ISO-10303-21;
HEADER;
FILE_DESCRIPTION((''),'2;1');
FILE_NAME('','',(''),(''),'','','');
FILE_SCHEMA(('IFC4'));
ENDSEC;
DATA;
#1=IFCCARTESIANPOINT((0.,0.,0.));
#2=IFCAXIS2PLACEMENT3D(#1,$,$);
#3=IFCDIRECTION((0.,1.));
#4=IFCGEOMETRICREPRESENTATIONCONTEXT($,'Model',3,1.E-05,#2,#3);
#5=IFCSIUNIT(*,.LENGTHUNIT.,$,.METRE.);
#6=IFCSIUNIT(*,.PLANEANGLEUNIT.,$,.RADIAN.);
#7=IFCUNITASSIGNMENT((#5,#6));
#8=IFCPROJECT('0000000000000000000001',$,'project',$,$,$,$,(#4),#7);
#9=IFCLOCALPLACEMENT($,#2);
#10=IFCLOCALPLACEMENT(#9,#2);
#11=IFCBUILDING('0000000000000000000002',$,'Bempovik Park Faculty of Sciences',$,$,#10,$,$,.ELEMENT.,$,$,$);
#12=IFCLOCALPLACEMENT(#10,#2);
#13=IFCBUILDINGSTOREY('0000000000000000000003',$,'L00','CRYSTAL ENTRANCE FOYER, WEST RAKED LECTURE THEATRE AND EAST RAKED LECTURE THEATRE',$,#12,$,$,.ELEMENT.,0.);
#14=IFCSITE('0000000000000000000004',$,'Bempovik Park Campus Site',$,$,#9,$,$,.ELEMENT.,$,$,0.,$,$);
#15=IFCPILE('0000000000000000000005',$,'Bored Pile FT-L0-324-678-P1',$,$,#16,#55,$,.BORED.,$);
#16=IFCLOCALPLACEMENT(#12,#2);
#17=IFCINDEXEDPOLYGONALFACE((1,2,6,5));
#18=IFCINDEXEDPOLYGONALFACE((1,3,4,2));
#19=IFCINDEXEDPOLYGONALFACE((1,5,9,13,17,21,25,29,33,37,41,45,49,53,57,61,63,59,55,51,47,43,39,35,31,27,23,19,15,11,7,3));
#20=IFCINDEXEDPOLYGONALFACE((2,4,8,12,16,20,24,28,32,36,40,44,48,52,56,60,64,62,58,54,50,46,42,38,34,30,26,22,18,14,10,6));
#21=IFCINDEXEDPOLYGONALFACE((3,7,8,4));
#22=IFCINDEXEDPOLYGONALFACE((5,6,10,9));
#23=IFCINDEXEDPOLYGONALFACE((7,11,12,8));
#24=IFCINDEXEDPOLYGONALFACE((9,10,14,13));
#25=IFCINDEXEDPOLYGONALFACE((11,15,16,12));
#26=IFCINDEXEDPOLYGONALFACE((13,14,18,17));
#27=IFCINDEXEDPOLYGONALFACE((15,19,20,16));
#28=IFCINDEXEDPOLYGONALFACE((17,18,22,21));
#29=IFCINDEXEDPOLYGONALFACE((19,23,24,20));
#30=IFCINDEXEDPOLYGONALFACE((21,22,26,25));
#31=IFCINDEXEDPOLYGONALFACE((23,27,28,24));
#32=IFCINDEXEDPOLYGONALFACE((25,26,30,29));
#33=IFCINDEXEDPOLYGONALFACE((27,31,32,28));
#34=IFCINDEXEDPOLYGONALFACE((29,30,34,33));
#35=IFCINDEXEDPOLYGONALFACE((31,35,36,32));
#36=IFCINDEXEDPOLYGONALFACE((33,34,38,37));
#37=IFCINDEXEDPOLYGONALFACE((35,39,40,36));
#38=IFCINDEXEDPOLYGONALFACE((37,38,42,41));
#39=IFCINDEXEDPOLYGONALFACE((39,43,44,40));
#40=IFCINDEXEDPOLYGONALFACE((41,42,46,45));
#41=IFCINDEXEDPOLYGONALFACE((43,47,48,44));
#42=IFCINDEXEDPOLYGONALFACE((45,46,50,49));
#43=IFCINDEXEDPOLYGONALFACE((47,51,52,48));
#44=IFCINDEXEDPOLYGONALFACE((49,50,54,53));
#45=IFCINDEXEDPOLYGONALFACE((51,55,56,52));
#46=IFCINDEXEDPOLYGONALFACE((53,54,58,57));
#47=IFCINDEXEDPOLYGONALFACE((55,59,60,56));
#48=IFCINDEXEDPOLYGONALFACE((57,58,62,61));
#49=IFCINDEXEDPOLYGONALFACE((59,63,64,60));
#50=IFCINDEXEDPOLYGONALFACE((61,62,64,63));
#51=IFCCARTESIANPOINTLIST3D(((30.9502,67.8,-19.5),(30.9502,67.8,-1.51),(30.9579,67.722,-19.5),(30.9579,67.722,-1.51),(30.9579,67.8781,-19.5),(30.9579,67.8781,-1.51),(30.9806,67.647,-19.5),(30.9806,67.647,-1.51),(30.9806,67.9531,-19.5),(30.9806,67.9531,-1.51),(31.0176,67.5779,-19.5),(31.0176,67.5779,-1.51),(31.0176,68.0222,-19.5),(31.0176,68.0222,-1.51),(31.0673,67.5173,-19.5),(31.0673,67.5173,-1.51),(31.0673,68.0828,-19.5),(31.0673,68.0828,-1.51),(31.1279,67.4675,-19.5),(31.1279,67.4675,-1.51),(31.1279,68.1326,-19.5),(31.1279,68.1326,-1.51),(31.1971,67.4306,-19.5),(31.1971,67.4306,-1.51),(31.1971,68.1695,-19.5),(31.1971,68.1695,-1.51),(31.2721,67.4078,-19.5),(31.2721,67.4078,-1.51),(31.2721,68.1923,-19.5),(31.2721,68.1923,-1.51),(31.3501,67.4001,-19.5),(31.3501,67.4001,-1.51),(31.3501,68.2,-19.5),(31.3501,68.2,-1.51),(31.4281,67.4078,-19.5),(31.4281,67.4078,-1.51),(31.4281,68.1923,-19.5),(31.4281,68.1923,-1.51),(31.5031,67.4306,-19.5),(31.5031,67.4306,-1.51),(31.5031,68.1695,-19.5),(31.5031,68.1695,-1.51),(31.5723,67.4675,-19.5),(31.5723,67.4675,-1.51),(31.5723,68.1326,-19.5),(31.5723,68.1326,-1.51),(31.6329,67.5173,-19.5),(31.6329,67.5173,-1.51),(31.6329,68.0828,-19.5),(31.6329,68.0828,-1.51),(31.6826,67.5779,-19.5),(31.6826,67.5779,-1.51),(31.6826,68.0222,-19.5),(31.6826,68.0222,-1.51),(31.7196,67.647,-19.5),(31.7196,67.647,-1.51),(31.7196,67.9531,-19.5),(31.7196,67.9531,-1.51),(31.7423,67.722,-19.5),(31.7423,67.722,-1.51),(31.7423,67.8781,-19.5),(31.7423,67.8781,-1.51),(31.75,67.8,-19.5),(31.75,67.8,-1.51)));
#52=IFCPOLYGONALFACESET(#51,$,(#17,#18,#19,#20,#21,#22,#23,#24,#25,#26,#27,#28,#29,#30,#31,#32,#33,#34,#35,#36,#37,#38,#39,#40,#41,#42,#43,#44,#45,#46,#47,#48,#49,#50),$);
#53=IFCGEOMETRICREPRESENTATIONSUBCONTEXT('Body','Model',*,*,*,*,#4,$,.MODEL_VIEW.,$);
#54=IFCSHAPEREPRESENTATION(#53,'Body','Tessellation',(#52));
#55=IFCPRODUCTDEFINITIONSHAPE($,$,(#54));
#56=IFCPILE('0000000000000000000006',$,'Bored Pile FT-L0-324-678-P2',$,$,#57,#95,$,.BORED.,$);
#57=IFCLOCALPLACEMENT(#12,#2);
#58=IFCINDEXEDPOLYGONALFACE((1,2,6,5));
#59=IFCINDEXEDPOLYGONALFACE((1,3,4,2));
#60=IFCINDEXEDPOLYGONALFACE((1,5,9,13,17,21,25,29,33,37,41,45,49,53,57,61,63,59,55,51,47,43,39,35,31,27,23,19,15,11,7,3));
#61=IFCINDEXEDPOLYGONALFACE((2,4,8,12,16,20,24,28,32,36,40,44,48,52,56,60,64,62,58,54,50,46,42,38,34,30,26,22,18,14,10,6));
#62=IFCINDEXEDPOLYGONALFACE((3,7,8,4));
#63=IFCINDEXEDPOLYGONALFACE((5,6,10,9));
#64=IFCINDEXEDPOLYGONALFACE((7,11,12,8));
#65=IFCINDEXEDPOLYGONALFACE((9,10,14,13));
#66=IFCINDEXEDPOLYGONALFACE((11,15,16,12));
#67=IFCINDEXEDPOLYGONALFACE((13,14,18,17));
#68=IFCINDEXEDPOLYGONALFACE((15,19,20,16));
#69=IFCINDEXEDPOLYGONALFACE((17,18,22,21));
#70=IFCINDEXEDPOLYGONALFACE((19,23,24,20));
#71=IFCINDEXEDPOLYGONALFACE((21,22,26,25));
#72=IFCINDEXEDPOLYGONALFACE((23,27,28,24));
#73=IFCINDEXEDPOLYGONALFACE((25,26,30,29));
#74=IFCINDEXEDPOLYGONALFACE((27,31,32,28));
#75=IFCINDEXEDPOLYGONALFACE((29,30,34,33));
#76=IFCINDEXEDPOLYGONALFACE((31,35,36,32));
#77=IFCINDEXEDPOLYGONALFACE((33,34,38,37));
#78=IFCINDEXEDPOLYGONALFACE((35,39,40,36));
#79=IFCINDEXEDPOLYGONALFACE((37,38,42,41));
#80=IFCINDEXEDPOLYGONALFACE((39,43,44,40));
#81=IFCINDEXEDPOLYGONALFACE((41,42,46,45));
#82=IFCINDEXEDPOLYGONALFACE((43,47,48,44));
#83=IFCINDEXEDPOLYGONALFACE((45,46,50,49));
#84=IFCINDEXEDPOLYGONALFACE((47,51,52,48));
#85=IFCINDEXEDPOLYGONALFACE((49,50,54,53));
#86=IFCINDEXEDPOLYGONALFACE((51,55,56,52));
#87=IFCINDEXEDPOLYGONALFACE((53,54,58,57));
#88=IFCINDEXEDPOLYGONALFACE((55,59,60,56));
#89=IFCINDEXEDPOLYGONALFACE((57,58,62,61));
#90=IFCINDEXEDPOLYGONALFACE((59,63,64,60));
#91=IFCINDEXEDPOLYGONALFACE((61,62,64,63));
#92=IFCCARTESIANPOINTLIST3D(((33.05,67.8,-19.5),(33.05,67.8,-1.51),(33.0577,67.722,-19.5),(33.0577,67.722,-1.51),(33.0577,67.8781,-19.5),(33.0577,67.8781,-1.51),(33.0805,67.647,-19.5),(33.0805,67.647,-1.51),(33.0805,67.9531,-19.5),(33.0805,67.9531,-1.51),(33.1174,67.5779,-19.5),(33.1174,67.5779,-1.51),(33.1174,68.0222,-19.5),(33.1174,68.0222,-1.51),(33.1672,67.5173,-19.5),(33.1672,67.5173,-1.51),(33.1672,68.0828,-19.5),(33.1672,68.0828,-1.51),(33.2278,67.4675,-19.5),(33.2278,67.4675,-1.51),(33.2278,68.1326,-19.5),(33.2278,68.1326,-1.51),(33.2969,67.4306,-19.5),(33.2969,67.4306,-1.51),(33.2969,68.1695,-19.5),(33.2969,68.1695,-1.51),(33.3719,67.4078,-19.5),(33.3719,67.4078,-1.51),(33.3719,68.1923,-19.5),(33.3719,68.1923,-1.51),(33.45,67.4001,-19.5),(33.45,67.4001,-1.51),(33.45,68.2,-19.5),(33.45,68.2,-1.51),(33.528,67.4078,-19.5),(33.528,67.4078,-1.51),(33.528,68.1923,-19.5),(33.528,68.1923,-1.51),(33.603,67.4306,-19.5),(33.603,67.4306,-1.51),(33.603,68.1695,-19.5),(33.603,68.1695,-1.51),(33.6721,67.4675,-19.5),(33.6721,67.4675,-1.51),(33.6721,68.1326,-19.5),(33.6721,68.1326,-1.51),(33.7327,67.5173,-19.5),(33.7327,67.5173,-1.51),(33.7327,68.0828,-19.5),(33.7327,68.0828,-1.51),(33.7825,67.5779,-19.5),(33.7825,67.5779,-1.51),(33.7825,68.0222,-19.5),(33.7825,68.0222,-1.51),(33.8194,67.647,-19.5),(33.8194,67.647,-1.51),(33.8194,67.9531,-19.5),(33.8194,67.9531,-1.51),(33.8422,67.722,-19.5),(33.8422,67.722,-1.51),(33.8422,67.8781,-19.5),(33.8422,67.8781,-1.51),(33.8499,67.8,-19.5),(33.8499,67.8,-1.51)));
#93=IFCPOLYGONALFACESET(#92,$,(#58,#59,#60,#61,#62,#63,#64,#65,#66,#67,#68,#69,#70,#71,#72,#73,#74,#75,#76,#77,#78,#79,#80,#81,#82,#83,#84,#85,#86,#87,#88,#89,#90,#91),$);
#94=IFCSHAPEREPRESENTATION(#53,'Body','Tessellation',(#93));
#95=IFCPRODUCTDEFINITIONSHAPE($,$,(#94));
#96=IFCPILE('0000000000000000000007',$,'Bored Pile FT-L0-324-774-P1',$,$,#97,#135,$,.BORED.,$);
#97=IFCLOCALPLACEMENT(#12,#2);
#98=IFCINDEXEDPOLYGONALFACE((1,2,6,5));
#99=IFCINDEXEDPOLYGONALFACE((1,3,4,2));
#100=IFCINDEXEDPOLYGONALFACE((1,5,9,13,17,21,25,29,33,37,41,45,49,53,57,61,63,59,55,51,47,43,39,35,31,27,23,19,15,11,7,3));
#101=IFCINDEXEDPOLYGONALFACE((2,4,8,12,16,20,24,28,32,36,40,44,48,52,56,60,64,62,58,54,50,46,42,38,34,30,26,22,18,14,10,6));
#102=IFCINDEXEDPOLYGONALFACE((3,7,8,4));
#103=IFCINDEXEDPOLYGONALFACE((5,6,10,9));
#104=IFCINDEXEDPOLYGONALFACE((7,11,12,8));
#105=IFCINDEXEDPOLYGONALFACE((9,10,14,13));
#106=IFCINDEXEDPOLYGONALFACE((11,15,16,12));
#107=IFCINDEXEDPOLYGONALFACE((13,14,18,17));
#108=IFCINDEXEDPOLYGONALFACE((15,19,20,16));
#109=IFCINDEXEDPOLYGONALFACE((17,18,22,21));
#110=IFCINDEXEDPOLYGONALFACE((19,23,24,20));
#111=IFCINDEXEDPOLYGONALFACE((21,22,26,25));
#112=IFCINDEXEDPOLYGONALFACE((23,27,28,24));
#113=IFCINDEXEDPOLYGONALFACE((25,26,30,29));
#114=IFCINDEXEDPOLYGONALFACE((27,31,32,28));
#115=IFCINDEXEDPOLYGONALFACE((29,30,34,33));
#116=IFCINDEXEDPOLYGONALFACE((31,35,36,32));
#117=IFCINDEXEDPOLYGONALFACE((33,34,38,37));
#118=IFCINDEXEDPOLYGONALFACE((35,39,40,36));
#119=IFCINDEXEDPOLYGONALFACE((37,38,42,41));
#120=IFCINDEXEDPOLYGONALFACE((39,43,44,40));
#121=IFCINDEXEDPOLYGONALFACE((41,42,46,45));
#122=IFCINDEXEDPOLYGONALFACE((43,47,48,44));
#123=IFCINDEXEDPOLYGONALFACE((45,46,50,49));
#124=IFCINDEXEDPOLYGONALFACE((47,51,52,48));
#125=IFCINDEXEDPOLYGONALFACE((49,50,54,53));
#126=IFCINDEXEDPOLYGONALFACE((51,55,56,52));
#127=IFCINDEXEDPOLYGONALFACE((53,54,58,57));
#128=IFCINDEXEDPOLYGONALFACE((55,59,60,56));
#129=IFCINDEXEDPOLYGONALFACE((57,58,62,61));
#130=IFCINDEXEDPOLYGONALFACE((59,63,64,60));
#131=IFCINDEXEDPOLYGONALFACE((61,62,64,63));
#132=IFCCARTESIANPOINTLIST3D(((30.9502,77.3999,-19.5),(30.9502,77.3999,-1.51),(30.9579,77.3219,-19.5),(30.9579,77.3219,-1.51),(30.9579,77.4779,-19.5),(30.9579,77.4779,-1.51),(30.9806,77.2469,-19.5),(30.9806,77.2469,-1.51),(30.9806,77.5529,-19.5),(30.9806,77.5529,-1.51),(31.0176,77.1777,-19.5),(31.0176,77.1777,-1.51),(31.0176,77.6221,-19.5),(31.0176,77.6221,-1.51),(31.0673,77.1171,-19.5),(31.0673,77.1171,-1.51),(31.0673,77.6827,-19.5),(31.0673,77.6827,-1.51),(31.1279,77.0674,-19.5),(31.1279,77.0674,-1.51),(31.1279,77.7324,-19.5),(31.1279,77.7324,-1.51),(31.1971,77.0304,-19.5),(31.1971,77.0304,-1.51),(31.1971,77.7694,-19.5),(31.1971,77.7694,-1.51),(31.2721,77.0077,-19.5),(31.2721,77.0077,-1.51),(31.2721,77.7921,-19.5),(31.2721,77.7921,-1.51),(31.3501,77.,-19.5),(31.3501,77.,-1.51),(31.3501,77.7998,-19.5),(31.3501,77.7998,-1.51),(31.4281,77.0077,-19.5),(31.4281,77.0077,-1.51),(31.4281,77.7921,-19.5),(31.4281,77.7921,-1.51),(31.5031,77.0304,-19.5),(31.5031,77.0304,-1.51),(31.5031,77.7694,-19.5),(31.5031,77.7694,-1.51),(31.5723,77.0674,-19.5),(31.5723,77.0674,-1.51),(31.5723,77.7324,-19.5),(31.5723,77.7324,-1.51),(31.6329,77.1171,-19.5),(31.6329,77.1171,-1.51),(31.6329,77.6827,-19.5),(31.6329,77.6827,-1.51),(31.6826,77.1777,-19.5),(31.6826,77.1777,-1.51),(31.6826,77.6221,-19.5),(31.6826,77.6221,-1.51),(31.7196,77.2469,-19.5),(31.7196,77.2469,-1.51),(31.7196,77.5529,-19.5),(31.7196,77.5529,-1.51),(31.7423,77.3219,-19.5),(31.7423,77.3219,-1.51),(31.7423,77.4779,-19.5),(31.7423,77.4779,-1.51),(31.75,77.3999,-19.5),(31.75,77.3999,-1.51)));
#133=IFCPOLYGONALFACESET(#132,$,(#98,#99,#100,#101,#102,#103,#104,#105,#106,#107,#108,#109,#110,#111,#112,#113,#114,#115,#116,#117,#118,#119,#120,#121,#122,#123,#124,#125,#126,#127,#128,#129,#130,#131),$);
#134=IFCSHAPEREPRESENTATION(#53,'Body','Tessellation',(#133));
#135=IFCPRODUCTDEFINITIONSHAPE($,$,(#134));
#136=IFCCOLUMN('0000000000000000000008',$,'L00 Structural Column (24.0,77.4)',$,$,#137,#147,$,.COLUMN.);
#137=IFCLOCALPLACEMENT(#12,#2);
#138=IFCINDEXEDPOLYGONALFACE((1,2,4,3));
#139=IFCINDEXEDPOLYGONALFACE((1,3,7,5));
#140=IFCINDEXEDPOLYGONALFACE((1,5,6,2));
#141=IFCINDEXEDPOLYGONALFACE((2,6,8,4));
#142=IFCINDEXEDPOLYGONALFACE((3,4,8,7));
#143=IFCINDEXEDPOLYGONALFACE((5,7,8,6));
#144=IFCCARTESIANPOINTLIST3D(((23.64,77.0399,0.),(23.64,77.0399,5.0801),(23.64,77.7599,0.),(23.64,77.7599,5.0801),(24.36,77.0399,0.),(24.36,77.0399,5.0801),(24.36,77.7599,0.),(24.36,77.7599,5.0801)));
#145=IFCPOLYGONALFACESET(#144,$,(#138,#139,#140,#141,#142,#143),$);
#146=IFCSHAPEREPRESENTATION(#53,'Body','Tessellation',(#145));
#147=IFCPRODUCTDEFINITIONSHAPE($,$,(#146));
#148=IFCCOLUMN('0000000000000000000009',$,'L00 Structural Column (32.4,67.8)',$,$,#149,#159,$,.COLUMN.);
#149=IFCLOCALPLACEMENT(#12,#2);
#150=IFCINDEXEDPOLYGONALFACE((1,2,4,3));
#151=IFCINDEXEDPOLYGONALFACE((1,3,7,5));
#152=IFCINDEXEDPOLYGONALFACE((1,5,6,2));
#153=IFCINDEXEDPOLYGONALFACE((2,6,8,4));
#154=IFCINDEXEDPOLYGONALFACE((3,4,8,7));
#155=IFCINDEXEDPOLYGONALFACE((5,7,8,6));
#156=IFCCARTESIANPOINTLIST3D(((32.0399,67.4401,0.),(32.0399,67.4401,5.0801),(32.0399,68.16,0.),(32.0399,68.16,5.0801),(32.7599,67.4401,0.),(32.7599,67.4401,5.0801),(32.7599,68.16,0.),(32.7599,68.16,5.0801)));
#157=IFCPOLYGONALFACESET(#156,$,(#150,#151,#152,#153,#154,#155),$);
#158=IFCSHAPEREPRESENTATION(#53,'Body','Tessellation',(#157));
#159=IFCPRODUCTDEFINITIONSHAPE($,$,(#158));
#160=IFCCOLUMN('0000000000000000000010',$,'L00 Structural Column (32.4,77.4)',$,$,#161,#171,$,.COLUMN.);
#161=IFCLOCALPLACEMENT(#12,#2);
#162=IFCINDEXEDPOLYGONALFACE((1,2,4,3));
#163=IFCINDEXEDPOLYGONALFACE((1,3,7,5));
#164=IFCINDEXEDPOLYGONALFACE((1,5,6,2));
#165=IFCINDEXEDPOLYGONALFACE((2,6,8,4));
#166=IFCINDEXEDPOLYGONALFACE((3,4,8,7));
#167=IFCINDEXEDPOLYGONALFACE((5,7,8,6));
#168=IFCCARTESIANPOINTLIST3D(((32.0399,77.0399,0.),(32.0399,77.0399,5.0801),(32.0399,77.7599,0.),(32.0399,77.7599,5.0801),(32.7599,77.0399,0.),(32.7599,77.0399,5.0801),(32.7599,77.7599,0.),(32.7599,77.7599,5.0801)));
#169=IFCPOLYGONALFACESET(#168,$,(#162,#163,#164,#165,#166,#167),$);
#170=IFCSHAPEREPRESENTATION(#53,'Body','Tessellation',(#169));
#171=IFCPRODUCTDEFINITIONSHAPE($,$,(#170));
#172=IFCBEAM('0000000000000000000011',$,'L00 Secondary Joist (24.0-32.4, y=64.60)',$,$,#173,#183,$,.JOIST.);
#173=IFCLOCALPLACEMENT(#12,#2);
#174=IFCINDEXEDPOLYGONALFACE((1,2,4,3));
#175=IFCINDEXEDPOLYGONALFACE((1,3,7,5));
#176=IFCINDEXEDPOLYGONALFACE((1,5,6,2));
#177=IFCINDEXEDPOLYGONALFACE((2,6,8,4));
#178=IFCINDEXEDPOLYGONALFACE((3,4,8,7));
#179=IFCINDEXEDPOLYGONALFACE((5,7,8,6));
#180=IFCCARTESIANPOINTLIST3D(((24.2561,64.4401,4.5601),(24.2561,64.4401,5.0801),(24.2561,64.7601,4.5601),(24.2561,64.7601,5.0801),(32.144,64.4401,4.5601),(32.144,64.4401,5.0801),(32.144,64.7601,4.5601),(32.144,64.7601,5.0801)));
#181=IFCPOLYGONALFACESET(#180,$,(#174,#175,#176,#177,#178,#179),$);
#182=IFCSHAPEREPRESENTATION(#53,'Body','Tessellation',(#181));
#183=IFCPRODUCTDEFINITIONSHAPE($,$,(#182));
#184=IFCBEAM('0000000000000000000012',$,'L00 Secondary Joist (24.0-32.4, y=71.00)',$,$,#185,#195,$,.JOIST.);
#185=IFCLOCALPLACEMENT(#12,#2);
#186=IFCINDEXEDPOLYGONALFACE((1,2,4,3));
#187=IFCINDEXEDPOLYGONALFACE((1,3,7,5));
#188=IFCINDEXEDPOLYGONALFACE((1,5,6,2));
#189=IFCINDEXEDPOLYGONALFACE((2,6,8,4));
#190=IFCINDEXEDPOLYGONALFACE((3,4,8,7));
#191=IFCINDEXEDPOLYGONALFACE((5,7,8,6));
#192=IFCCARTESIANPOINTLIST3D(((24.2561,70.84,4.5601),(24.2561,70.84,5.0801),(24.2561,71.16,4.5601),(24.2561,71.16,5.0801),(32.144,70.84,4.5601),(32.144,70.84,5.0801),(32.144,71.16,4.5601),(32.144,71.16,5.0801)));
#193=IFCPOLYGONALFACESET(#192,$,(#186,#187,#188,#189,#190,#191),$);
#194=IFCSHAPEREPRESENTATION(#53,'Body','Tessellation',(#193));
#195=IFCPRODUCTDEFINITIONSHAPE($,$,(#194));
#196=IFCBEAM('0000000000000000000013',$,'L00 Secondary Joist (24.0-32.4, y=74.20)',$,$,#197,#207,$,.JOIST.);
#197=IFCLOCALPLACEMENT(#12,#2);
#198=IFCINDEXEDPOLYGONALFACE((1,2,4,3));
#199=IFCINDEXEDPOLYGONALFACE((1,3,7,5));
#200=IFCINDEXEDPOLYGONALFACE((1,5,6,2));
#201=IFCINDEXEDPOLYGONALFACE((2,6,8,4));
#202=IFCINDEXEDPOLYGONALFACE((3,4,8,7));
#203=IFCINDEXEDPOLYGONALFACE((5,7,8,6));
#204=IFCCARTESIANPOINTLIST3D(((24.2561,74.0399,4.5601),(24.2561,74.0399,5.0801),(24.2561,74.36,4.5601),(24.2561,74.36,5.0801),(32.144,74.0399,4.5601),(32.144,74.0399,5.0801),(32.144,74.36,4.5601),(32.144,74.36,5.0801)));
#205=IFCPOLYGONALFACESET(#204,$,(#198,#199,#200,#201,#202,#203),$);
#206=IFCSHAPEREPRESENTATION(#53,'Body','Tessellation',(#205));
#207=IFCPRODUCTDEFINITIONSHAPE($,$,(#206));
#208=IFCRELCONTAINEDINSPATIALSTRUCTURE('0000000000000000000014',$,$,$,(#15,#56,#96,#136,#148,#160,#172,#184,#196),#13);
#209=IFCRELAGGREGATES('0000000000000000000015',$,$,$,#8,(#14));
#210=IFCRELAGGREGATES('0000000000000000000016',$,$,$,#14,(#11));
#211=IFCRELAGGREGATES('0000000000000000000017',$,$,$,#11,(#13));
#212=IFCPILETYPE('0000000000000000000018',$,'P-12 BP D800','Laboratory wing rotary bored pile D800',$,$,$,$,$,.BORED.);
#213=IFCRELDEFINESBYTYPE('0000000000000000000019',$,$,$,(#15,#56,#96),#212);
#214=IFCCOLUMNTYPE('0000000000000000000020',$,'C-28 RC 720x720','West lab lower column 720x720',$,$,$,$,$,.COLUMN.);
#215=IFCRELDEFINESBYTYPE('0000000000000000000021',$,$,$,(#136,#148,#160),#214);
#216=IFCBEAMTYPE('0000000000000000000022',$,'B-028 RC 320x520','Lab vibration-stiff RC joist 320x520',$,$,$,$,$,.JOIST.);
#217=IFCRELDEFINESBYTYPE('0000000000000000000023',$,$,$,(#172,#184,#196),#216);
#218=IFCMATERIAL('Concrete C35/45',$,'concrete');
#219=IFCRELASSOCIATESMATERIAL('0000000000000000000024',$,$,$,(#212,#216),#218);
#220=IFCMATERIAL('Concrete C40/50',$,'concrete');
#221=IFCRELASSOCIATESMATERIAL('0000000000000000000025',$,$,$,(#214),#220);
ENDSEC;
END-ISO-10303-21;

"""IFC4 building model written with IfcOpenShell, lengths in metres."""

from ifc_helpers import new_model, si_unit, direction, frame, origin, origin_2d, place, context, subcontext, project, spatial, rectangle, circle, extrude, material, material_profile, profile_set, type_object, element, save


model = new_model("IFC4")

# Units and contexts
model_context = context("Model", 3, precision=1e-05, world=origin(), true_north=direction((0.0, 1.0)))
body_context = subcontext(model_context, "Body", "Model", "MODEL_VIEW")
ifc_project = project(units=[si_unit("LENGTHUNIT", "METRE"), si_unit("PLANEANGLEUNIT", "RADIAN")], contexts=[model_context])

# Site, building, storey
site_placement = place(None, origin())
site = spatial("IfcSite", under=ifc_project, at=site_placement, Name="Bempovik Park Campus Site", CompositionType="ELEMENT", RefElevation=0.0)
building_placement = place(site_placement, origin())
building = spatial("IfcBuilding", under=site, at=building_placement, Name="Bempovik Park Faculty of Sciences", CompositionType="ELEMENT")
storey_placement = place(building_placement, origin())
storey = spatial("IfcBuildingStorey", under=building, at=storey_placement, Name="L00", Description="CRYSTAL ENTRANCE FOYER, WEST RAKED LECTURE THEATRE AND EAST RAKED LECTURE THEATRE", CompositionType="ELEMENT", Elevation=0.0)

# Shared definitions
ifc_material_1 = material(Name="Concrete C35/45", Category="concrete")

# Piles
ifc_material_profile_1 = material_profile(ifc_material_1, circle(Radius=0.3999, at=origin_2d()), Name="BP D800")
ifc_profile_set_1 = profile_set([ifc_material_profile_1], Name="Concrete C35/45")
pile_type = type_object("IfcPileType", Name="P-12 BP D800", Description="Laboratory wing rotary bored pile D800", PredefinedType="BORED", material=ifc_profile_set_1)
for number, where, z_axis, x_axis, name in (
    (1, (31.3501, 67.8, -1.51), (0.0, 0.0, -1.0), (1.0, 0.0, 0.0), "Bored Pile FT-L0-324-678-P1"),
    (2, (33.45, 67.8, -1.51), (0.0, 0.0, -1.0), (1.0, 0.0, 0.0), "Bored Pile FT-L0-324-678-P2"),
    (3, (31.3501, 77.3999, -1.51), (0.0, 0.0, -1.0), (1.0, 0.0, 0.0), "Bored Pile FT-L0-324-774-P1"),
):
    element("IfcPile", number, at=place(storey_placement, frame(where, z_axis=z_axis, x_axis=x_axis)), inside=storey, type_object=pile_type, Name=name, PredefinedType="BORED", context=body_context, shape_type="SweptSolid", body=[
        extrude(circle(Radius=0.3999, at=origin_2d()), origin(), (0.0, 0.0, 1.0), 17.99),
    ])

# Columns
ifc_material_2 = material(Name="Concrete C40/50", Category="concrete")
ifc_material_profile_2 = material_profile(ifc_material_2, rectangle(XDim=0.72, YDim=0.72, at=origin_2d()), Name="RC 720x720")
ifc_profile_set_2 = profile_set([ifc_material_profile_2], Name="Concrete C40/50")
column_type = type_object("IfcColumnType", Name="C-28 RC 720x720", Description="West lab lower column 720x720", PredefinedType="COLUMN", material=ifc_profile_set_2)
for number, where, z_axis, x_axis, name in (
    (4, (24.0, 77.3999, 0.0), (0.0, 0.0, 1.0), (1.0, 0.0, 0.0), "L00 Structural Column (24.0,77.4)"),
    (5, (32.3999, 67.8, 0.0), (0.0, 0.0, 1.0), (1.0, 0.0, 0.0), "L00 Structural Column (32.4,67.8)"),
    (6, (32.3999, 77.3999, 0.0), (0.0, 0.0, 1.0), (1.0, 0.0, 0.0), "L00 Structural Column (32.4,77.4)"),
):
    element("IfcColumn", number, at=place(storey_placement, frame(where, z_axis=z_axis, x_axis=x_axis)), inside=storey, type_object=column_type, Name=name, PredefinedType="COLUMN", context=body_context, shape_type="SweptSolid", body=[
        extrude(rectangle(XDim=0.72, YDim=0.72, at=origin_2d()), origin(), (0.0, 0.0, 1.0), 5.0801),
    ])

# Beams
ifc_material_profile_3 = material_profile(ifc_material_1, rectangle(XDim=0.3201, YDim=0.52, at=origin_2d()), Name="RC 320x520")
ifc_profile_set_3 = profile_set([ifc_material_profile_3], Name="Concrete C35/45")
beam_type_1 = type_object("IfcBeamType", Name="B-028 RC 320x520", Description="Lab vibration-stiff RC joist 320x520", PredefinedType="JOIST", material=ifc_profile_set_3)
for number, where, z_axis, x_axis, name in (
    (7, (24.2561, 64.6001, 4.8201), (1.0, 0.0, 0.0), (0.0, 1.0, 0.0), "L00 Secondary Joist (24.0-32.4, y=64.60)"),
    (8, (24.2561, 71.0, 4.8201), (1.0, 0.0, 0.0), (0.0, 1.0, 0.0), "L00 Secondary Joist (24.0-32.4, y=71.00)"),
    (9, (24.2561, 74.2, 4.8201), (1.0, 0.0, 0.0), (0.0, 1.0, 0.0), "L00 Secondary Joist (24.0-32.4, y=74.20)"),
):
    element("IfcBeam", number, at=place(storey_placement, frame(where, z_axis=z_axis, x_axis=x_axis)), inside=storey, type_object=beam_type_1, Name=name, PredefinedType="JOIST", context=body_context, shape_type="SweptSolid", body=[
        extrude(rectangle(XDim=0.3201, YDim=0.52, at=origin_2d()), origin(), (0.0, 0.0, 1.0), 7.8879),
    ])

save(model, "model.ifc")
